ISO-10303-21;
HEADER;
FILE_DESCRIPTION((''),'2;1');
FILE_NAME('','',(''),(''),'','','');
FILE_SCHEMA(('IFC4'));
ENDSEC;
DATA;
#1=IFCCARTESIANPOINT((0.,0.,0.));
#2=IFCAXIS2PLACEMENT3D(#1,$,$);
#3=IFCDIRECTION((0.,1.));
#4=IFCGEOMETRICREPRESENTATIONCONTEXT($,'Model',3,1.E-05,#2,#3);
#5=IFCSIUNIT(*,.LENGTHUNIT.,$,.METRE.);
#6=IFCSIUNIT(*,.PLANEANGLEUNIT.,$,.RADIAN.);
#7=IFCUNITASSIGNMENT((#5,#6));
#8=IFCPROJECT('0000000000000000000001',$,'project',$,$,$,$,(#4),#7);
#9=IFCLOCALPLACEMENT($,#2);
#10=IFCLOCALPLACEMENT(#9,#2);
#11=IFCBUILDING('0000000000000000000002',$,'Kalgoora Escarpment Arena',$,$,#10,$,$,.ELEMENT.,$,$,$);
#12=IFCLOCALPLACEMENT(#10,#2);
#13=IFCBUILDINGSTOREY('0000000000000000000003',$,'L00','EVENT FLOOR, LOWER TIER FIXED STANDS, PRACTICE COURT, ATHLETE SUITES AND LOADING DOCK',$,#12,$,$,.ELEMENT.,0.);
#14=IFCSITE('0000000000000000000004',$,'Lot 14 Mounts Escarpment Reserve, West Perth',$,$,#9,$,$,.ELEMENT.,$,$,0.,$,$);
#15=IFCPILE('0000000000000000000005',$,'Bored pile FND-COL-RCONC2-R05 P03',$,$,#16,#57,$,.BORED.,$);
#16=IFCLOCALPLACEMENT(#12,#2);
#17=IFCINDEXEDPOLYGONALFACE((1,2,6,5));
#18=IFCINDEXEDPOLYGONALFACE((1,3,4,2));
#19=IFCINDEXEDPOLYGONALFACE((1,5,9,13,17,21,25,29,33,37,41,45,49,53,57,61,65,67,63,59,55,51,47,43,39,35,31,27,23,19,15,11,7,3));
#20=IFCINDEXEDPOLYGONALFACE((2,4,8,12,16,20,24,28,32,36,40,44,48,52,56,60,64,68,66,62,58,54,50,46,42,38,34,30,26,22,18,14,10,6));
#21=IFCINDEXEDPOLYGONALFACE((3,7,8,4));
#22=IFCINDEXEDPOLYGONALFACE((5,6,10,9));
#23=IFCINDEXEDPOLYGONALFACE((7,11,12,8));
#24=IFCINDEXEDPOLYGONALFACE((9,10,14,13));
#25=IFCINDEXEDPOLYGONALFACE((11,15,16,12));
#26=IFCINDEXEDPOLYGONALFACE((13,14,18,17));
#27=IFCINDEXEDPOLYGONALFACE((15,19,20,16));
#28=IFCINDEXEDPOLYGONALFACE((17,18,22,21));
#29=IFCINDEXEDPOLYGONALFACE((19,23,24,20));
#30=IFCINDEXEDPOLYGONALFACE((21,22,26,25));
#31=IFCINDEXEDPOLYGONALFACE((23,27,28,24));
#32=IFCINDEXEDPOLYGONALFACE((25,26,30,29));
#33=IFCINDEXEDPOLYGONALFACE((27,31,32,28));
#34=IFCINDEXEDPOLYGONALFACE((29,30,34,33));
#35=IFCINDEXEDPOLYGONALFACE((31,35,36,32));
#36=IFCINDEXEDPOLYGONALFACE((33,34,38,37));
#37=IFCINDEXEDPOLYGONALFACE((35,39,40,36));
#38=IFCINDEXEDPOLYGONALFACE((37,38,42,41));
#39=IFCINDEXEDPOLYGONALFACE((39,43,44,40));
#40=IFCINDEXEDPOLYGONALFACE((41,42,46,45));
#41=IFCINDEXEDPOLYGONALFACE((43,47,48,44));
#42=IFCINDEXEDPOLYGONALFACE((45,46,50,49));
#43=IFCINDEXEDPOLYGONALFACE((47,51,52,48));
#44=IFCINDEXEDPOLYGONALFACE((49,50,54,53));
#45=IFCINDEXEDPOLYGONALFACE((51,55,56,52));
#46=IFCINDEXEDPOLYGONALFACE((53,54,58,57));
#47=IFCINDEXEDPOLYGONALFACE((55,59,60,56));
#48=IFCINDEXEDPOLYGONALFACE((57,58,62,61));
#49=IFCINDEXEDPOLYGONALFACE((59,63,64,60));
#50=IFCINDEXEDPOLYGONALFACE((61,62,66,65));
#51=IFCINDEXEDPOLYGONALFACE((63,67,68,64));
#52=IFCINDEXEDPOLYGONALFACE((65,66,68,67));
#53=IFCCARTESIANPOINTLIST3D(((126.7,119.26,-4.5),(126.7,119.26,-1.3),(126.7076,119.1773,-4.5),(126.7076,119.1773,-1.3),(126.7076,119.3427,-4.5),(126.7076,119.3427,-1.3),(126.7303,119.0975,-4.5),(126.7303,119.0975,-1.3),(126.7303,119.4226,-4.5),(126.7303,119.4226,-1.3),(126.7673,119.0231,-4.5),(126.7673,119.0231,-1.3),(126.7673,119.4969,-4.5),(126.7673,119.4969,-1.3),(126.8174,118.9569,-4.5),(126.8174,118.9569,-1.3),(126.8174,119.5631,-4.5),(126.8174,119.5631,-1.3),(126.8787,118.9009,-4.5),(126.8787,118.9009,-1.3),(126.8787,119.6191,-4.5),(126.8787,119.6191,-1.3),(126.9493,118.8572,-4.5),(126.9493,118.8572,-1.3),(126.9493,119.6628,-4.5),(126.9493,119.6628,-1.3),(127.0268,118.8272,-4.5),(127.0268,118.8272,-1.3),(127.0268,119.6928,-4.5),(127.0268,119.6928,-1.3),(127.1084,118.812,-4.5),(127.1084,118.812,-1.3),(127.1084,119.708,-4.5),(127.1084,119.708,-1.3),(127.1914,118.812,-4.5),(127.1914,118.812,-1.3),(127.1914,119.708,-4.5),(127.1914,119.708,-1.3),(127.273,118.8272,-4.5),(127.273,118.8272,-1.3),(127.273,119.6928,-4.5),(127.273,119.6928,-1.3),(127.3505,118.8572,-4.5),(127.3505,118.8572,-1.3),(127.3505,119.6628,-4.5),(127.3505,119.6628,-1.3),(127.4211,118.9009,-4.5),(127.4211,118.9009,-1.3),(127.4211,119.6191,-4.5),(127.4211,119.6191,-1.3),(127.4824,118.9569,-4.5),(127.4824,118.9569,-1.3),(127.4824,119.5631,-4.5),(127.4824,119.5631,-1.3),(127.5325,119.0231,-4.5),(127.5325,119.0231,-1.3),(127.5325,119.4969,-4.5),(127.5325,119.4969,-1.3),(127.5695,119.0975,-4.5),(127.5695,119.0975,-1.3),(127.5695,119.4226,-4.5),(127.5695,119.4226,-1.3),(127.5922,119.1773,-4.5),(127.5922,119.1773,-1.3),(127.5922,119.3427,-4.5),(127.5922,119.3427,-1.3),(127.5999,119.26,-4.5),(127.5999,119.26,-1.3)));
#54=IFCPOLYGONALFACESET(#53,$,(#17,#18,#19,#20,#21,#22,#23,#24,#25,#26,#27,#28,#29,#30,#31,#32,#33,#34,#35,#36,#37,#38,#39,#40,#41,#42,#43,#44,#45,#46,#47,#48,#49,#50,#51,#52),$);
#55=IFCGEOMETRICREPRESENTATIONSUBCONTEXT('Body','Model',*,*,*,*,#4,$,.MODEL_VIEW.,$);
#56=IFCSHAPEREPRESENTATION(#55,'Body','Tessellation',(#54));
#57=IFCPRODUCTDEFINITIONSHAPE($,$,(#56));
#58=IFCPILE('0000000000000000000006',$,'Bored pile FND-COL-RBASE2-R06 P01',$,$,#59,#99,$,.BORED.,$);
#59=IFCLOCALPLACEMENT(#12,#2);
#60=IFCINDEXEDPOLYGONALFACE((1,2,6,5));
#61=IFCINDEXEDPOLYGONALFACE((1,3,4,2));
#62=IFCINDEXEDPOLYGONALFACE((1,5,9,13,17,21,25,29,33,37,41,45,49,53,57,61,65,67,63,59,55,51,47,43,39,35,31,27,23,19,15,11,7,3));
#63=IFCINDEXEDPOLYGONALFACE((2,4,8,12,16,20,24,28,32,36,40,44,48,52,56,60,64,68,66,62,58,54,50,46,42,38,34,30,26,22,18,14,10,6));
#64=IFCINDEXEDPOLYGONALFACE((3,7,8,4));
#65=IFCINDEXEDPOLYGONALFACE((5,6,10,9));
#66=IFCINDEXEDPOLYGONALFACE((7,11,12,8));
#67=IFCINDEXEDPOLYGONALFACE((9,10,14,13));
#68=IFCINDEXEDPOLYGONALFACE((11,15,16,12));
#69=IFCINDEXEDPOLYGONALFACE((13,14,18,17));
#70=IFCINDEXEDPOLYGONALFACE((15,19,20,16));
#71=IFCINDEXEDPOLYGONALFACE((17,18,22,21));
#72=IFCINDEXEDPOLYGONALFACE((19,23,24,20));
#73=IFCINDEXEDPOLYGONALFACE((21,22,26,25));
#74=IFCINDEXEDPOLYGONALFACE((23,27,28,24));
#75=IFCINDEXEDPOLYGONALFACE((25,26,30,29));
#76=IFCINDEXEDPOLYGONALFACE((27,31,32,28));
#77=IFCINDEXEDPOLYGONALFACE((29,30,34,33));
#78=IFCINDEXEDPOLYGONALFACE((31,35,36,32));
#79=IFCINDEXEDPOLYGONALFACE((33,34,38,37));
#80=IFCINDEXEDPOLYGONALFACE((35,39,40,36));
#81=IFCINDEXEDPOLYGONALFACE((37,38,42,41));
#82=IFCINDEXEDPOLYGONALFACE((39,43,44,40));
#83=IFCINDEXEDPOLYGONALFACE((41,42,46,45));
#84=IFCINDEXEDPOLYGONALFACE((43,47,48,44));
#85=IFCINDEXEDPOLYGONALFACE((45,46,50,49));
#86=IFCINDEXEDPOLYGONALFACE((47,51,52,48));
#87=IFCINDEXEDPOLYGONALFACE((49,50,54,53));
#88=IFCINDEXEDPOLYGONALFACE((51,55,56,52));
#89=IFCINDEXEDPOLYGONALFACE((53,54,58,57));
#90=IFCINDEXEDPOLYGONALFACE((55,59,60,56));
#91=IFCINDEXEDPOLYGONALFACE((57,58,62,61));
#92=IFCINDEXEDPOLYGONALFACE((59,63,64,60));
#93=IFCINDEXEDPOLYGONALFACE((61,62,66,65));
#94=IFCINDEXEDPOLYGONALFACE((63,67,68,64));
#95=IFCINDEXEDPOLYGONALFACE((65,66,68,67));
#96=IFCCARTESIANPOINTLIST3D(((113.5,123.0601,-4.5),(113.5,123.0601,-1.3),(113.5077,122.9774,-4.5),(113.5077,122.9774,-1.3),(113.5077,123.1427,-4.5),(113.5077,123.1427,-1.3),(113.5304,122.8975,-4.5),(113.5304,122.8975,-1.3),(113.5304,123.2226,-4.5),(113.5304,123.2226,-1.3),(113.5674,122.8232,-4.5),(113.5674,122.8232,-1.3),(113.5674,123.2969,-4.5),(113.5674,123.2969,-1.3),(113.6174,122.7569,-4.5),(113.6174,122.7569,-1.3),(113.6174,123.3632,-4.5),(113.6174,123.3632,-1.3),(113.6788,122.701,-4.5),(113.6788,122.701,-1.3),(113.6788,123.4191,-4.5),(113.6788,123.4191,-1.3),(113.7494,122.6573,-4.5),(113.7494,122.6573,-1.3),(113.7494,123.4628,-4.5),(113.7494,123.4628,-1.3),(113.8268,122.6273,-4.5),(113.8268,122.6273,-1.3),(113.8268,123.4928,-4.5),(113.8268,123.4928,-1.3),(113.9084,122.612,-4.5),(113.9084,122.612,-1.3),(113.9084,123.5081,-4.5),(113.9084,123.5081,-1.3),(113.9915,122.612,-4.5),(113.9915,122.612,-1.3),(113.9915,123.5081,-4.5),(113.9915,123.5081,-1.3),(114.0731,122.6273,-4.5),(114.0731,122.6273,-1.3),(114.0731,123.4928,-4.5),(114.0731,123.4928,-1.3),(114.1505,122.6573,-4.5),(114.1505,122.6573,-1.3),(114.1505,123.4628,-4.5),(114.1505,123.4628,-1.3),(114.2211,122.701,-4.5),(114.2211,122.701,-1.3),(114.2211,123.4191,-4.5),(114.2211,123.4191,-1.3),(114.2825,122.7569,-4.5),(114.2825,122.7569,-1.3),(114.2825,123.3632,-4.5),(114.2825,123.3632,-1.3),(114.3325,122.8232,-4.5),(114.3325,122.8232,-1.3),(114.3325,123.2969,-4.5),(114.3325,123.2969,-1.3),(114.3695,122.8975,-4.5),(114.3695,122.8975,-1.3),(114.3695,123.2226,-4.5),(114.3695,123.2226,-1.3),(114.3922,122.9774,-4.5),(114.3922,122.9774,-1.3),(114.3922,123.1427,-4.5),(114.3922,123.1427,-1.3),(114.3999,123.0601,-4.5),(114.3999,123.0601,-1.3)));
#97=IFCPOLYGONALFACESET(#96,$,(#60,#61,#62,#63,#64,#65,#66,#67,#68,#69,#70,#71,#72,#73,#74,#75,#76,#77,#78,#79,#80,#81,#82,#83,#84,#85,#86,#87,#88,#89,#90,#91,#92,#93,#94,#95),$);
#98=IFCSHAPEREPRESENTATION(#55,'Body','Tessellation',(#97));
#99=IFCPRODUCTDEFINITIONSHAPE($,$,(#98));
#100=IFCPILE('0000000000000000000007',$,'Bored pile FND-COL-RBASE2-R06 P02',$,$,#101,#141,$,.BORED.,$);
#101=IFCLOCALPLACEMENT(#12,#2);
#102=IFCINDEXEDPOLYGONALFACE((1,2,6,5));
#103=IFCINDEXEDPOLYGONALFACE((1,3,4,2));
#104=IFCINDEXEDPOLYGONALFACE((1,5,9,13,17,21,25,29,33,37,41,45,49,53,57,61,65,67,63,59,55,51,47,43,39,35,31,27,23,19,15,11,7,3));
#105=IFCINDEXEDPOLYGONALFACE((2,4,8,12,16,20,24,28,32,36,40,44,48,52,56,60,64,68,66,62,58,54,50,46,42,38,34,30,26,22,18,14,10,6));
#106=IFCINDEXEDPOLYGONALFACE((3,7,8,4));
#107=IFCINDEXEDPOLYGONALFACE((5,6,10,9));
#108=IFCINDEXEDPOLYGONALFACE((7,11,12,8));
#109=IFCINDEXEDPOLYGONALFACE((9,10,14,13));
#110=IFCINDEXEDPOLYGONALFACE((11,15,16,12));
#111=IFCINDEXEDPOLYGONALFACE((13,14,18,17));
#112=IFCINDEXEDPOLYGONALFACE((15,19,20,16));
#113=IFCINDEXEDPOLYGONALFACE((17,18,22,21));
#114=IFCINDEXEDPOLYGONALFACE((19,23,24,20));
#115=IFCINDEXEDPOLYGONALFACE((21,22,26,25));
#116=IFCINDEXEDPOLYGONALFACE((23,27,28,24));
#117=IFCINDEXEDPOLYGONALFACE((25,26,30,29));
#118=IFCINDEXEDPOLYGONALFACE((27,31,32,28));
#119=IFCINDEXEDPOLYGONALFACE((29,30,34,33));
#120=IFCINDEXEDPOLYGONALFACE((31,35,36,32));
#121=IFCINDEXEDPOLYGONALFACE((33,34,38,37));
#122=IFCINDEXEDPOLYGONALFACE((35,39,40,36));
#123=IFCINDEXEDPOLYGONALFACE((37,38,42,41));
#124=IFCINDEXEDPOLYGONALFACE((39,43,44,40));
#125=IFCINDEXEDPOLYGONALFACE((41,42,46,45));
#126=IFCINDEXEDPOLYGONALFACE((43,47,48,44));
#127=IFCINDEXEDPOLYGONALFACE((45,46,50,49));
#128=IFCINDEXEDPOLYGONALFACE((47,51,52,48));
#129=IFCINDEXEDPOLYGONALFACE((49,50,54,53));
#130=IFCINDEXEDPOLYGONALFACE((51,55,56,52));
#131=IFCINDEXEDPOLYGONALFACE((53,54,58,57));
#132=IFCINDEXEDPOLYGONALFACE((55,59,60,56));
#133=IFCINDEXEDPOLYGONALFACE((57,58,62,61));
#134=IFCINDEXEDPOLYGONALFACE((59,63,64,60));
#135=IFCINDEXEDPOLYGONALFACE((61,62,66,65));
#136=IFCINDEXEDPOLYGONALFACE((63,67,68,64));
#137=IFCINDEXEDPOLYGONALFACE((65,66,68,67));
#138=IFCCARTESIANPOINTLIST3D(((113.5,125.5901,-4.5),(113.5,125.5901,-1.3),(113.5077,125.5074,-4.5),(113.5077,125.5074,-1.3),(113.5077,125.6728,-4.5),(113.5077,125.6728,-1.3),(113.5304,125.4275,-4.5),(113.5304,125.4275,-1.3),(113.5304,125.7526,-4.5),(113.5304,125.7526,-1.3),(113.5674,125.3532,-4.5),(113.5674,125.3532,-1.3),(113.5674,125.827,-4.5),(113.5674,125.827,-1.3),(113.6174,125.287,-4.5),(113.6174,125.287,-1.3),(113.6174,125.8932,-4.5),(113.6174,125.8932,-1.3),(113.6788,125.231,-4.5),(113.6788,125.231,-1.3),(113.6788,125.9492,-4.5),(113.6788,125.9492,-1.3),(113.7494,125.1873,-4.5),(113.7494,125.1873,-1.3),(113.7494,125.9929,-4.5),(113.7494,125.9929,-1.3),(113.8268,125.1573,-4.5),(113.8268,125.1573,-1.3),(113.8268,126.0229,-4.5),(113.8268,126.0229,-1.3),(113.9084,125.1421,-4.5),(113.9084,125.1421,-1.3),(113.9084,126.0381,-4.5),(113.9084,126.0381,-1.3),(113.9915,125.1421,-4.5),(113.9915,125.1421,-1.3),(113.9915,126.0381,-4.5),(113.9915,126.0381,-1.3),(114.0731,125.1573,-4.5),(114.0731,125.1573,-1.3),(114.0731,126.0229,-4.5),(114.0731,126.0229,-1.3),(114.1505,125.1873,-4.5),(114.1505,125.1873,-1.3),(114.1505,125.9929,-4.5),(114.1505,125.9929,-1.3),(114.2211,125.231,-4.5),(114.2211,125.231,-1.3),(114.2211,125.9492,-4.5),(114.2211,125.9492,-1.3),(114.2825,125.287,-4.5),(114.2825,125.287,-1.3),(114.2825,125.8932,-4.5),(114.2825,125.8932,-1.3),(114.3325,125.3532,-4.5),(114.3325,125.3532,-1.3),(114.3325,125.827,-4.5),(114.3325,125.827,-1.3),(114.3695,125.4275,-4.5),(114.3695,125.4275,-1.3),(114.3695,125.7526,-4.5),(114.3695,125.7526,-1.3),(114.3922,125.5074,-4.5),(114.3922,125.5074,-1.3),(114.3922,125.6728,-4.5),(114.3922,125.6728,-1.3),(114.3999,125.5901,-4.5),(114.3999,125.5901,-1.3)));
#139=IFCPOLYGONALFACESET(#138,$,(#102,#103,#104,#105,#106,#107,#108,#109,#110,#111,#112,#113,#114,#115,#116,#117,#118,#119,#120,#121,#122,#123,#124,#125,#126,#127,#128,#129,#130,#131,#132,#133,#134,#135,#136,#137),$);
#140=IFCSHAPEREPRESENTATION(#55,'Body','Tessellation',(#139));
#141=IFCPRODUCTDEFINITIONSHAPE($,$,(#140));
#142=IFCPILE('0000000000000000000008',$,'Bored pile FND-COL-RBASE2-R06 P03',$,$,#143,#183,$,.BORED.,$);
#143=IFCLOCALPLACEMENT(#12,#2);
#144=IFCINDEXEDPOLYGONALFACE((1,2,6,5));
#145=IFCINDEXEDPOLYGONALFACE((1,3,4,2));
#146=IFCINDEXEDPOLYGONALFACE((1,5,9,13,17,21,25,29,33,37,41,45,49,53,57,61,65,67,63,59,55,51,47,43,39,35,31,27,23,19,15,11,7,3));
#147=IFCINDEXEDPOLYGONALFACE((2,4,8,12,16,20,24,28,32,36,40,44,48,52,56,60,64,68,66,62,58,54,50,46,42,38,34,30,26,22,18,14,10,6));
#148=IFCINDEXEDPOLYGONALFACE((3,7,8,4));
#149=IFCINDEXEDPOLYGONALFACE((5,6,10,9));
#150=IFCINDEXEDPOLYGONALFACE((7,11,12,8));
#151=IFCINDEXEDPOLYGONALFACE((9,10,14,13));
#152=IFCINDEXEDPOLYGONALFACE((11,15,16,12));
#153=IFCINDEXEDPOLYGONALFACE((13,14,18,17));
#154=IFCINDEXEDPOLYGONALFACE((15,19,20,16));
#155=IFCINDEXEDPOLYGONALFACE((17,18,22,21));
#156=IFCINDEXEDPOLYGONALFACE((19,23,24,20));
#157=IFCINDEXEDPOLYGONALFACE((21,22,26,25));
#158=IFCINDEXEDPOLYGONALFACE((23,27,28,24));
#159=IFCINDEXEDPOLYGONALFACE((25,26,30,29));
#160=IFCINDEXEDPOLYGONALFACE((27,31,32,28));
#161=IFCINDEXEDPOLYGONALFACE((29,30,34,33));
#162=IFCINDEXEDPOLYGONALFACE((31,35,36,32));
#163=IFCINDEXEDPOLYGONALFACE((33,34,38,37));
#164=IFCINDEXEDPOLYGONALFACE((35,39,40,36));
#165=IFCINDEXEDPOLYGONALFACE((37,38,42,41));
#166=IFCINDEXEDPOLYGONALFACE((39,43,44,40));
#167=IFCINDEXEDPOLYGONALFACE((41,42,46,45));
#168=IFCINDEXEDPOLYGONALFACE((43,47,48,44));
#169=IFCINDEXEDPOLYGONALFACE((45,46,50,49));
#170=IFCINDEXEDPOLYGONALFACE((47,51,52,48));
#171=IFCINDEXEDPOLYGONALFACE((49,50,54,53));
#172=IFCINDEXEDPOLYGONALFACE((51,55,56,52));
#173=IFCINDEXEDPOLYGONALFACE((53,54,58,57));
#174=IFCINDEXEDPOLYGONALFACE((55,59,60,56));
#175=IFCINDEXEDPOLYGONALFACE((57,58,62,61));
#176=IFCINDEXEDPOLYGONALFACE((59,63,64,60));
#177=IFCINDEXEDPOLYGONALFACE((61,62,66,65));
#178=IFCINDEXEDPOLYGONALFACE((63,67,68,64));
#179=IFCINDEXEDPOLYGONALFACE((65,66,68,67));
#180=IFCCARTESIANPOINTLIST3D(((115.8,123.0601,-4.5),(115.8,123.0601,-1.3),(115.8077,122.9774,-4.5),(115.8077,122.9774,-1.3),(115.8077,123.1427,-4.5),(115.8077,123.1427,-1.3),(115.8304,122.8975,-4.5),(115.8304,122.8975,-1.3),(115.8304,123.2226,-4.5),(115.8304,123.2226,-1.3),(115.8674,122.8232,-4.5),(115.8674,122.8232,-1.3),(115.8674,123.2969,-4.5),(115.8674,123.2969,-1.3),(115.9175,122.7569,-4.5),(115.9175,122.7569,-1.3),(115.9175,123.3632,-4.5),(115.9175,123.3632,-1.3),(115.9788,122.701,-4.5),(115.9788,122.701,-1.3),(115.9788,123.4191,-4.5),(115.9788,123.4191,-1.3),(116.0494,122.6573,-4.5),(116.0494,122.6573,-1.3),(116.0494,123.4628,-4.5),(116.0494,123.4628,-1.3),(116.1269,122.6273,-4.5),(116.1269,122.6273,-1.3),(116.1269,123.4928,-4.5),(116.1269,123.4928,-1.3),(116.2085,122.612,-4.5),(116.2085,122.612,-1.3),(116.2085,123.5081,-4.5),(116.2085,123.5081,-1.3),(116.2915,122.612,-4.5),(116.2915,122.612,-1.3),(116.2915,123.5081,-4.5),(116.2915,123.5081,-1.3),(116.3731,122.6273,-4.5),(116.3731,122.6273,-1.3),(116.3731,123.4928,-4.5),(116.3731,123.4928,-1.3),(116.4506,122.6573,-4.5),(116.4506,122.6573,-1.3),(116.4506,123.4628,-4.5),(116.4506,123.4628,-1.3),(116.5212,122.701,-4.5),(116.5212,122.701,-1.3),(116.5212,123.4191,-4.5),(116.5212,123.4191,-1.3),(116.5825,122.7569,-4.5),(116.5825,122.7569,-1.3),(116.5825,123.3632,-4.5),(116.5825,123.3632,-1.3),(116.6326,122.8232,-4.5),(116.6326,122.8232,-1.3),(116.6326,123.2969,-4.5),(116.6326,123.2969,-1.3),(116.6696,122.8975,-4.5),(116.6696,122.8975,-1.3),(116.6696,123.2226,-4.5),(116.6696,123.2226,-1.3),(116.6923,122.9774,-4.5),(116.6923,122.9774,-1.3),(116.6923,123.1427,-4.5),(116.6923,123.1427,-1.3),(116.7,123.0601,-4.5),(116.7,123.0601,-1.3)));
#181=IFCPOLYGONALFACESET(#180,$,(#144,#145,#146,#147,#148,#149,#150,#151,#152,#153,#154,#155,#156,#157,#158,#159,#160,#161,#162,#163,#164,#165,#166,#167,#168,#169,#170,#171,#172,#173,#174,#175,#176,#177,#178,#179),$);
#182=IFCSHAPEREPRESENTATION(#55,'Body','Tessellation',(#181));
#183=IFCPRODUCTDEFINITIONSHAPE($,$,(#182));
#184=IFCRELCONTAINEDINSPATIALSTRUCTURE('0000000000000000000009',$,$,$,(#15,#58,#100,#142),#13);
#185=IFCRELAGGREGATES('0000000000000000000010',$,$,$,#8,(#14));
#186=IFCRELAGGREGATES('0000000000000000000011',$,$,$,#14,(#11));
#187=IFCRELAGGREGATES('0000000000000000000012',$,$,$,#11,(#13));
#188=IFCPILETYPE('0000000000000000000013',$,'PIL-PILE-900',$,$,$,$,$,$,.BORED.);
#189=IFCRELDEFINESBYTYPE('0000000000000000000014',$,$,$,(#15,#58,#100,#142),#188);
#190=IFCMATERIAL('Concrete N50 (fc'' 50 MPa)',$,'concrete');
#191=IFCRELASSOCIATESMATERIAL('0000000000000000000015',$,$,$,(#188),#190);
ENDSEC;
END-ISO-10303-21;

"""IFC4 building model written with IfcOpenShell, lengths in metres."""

from ifc_helpers import new_model, si_unit, direction, frame, origin, origin_2d, place, context, subcontext, project, spatial, circle, extrude, material, material_profile, profile_set, type_object, element, save


model = new_model("IFC4")

# Units and contexts
model_context = context("Model", 3, precision=1e-05, world=origin(), true_north=direction((0.0, 1.0)))
body_context = subcontext(model_context, "Body", "Model", "MODEL_VIEW")
ifc_project = project(units=[si_unit("LENGTHUNIT", "METRE"), si_unit("PLANEANGLEUNIT", "RADIAN")], contexts=[model_context])

# Site, building, storey
site_placement = place(None, origin())
site = spatial("IfcSite", under=ifc_project, at=site_placement, Name="Lot 14 Mounts Escarpment Reserve, West Perth", CompositionType="ELEMENT", RefElevation=0.0)
building_placement = place(site_placement, origin())
building = spatial("IfcBuilding", under=site, at=building_placement, Name="Kalgoora Escarpment Arena", CompositionType="ELEMENT")
storey_placement = place(building_placement, origin())
storey = spatial("IfcBuildingStorey", under=building, at=storey_placement, Name="L00", Description="EVENT FLOOR, LOWER TIER FIXED STANDS, PRACTICE COURT, ATHLETE SUITES AND LOADING DOCK", CompositionType="ELEMENT", Elevation=0.0)

# Piles
ifc_material_1 = material(Name="Concrete N50 (fc' 50 MPa)", Category="concrete")
ifc_material_profile_1 = material_profile(ifc_material_1, circle(Radius=0.45, at=origin_2d()))
ifc_profile_set_1 = profile_set([ifc_material_profile_1], Name="Concrete N50 (fc' 50 MPa)")
pile_type_1 = type_object("IfcPileType", Name="PIL-PILE-900", PredefinedType="BORED", material=ifc_profile_set_1)
for number, where, z_axis, x_axis, name in (
    (1, (127.1499, 119.26, -1.3), (0.0, 0.0, -1.0), (1.0, 0.0, 0.0), "Bored pile FND-COL-RCONC2-R05 P03"),
    (2, (113.95, 123.0601, -1.3), (0.0, 0.0, -1.0), (1.0, 0.0, 0.0), "Bored pile FND-COL-RBASE2-R06 P01"),
    (3, (113.95, 125.5901, -1.3), (0.0, 0.0, -1.0), (1.0, 0.0, 0.0), "Bored pile FND-COL-RBASE2-R06 P02"),
    (4, (116.25, 123.0601, -1.3), (0.0, 0.0, -1.0), (1.0, 0.0, 0.0), "Bored pile FND-COL-RBASE2-R06 P03"),
):
    element("IfcPile", number, at=place(storey_placement, frame(where, z_axis=z_axis, x_axis=x_axis)), inside=storey, type_object=pile_type_1, Name=name, PredefinedType="BORED", context=body_context, shape_type="SweptSolid", body=[
        extrude(circle(Radius=0.45, at=origin_2d()), origin(), (0.0, 0.0, 1.0), 3.2),
    ])

save(model, "model.ifc")
